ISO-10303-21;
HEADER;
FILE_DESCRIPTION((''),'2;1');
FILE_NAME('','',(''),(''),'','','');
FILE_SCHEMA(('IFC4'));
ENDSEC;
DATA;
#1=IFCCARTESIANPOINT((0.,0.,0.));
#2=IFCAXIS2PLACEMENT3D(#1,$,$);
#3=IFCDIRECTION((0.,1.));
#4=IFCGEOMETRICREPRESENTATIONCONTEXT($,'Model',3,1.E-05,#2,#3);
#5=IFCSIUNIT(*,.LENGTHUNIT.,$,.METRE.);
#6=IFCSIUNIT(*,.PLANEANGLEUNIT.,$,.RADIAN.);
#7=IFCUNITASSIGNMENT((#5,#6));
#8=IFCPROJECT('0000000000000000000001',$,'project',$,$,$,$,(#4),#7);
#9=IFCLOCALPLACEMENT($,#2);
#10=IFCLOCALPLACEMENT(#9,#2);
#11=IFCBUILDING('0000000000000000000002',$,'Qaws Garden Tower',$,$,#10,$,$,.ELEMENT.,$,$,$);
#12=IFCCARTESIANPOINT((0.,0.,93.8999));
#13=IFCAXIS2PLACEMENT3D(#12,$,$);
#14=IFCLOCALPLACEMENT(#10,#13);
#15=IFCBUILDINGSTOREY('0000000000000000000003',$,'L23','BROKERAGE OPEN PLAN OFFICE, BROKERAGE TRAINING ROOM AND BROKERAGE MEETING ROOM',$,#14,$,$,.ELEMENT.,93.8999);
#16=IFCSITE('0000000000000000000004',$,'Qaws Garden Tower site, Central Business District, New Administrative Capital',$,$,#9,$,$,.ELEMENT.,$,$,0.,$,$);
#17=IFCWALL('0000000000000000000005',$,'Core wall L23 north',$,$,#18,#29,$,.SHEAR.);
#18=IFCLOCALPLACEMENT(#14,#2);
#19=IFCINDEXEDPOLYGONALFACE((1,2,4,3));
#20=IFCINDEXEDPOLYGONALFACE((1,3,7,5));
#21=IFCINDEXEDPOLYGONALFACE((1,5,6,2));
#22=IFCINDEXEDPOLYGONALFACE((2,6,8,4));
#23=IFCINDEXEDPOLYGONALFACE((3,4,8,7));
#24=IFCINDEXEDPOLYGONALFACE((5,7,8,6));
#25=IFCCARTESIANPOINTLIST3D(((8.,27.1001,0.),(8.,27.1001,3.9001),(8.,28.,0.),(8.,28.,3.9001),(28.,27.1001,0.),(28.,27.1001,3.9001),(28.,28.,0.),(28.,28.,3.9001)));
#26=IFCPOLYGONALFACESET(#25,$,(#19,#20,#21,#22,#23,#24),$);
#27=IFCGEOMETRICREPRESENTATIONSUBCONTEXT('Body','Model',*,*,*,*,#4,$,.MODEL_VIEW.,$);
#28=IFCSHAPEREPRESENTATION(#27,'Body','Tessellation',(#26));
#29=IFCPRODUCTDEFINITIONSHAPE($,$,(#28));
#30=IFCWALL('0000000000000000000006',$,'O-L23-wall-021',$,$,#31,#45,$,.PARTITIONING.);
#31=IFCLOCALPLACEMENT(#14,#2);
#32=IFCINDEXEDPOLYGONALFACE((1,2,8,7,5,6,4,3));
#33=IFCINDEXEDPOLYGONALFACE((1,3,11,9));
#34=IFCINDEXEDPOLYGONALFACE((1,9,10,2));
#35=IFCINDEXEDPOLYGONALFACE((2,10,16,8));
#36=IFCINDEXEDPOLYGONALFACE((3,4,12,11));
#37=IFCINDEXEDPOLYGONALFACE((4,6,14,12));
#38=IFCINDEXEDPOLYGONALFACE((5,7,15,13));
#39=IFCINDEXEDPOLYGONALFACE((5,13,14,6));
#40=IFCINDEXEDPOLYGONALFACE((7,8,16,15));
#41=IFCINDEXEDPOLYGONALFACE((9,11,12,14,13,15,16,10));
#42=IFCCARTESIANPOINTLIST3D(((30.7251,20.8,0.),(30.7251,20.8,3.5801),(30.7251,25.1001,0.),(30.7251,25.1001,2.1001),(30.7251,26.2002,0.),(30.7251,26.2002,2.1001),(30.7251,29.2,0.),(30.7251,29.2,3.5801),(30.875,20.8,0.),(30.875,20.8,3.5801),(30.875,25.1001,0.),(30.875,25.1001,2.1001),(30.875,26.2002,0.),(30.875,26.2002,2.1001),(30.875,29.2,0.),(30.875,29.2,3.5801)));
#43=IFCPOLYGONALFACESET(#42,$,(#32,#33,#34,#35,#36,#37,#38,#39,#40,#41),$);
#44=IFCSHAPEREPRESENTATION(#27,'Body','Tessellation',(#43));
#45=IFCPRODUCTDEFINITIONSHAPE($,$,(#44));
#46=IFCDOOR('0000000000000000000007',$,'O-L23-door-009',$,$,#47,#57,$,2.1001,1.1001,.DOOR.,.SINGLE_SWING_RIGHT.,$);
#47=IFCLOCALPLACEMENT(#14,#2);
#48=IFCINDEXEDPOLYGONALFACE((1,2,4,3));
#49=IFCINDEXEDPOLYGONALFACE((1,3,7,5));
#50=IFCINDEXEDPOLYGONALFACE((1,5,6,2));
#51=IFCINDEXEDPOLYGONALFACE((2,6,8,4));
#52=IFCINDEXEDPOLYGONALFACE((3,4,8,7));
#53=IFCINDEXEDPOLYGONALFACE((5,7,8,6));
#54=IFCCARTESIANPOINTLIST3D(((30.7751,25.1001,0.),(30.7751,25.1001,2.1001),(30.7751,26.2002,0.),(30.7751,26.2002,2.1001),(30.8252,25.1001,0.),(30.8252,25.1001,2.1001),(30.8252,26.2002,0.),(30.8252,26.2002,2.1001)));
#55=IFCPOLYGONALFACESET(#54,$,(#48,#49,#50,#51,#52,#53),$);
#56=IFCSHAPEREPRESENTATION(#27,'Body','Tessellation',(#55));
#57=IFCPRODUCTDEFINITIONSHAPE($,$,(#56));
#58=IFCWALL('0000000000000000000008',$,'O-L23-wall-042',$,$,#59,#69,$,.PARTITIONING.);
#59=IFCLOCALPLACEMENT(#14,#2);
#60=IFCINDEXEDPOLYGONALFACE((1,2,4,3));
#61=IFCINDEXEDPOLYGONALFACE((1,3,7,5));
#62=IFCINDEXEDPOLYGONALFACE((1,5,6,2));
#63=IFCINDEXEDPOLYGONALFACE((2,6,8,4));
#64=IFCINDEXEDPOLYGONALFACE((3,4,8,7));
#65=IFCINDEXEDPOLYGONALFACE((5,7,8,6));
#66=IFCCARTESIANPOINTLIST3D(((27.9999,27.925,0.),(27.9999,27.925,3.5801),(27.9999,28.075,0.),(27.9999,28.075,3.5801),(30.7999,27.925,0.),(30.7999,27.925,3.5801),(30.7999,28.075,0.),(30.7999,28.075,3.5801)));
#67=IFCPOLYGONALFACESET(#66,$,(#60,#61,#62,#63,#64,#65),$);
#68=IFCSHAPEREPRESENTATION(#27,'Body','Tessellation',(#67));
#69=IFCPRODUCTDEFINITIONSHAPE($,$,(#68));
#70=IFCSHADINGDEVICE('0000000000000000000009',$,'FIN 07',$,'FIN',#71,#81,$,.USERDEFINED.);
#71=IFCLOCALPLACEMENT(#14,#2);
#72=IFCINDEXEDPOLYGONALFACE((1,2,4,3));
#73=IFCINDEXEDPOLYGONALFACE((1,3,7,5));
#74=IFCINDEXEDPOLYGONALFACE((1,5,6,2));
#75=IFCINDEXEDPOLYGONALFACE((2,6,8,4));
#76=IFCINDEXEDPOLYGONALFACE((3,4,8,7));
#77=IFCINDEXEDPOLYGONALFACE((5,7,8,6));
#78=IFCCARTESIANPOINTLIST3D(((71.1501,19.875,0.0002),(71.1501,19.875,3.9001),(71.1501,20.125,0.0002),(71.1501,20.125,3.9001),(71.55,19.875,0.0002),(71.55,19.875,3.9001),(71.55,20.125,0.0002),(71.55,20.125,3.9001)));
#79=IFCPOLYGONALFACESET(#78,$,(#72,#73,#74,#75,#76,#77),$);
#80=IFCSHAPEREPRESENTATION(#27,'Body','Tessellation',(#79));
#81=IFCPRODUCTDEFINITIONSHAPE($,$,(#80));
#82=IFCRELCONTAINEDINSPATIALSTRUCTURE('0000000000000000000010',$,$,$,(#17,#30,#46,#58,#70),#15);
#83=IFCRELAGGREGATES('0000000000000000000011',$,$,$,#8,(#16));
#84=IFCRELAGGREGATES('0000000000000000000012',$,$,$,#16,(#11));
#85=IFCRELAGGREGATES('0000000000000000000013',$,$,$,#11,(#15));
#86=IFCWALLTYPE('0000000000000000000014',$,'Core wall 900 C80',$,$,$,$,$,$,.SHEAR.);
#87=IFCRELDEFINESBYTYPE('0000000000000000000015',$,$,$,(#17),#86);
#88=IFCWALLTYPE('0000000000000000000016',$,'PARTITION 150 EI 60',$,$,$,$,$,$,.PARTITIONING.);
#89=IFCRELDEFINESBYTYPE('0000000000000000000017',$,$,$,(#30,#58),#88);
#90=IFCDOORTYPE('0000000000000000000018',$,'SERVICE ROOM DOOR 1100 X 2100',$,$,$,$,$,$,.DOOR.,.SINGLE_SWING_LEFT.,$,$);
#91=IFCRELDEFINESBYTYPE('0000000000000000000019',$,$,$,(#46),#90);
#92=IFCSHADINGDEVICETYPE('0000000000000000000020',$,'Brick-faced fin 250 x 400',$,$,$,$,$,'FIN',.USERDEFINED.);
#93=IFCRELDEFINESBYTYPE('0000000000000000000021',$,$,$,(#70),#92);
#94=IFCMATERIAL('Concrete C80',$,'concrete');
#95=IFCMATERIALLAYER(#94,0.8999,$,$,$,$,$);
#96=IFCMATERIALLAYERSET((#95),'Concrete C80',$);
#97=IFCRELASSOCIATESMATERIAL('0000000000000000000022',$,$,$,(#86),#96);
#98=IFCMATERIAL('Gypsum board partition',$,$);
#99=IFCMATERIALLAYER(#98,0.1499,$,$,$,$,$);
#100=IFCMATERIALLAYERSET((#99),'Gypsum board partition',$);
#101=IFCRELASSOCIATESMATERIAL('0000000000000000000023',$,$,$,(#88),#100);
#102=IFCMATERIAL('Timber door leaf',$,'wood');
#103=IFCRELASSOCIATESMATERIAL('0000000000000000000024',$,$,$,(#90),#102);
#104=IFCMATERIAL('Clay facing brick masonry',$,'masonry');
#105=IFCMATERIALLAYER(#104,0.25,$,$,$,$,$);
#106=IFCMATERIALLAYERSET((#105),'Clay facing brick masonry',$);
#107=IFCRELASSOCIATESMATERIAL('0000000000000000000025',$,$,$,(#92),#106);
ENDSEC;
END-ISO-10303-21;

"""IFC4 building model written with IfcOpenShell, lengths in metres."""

from ifc_helpers import new_model, si_unit, direction, frame, frame_2d, origin, origin_2d, place, context, subcontext, project, spatial, rectangle, extrude, material, layer, layer_set, type_object, element, fill, save


model = new_model("IFC4")

# Units and contexts
model_context = context("Model", 3, precision=1e-05, world=origin(), true_north=direction((0.0, 1.0)))
body_context = subcontext(model_context, "Body", "Model", "MODEL_VIEW")
ifc_project = project(units=[si_unit("LENGTHUNIT", "METRE"), si_unit("PLANEANGLEUNIT", "RADIAN")], contexts=[model_context])

# Site, building, storey
site_placement = place(None, origin())
site = spatial("IfcSite", under=ifc_project, at=site_placement, Name="Qaws Garden Tower site, Central Business District, New Administrative Capital", CompositionType="ELEMENT", RefElevation=0.0)
building_placement = place(site_placement, origin())
building = spatial("IfcBuilding", under=site, at=building_placement, Name="Qaws Garden Tower", CompositionType="ELEMENT")
storey_placement = place(building_placement, frame((0.0, 0.0, 93.8999)))
storey = spatial("IfcBuildingStorey", under=building, at=storey_placement, Name="L23", Description="BROKERAGE OPEN PLAN OFFICE, BROKERAGE TRAINING ROOM AND BROKERAGE MEETING ROOM", CompositionType="ELEMENT", Elevation=93.8999)

# Wall
ifc_material_1 = material(Name="Concrete C80", Category="concrete")
ifc_layer_1 = layer(ifc_material_1, 0.8999)
ifc_layer_set_1 = layer_set([ifc_layer_1], Name="Concrete C80")
wall_type_1 = type_object("IfcWallType", Name="Core wall 900 C80", PredefinedType="SHEAR", material=ifc_layer_set_1)
wall_1_placement = place(storey_placement, frame((28.0, 27.55, 0.0), z_axis=(0.0, 0.0, 1.0), x_axis=(-1.0, 0.0, 0.0)))
element("IfcWall", 1, at=wall_1_placement, inside=storey, type_object=wall_type_1, Name="Core wall L23 north", PredefinedType="SHEAR", context=body_context, shape_type="SweptSolid", body=[
    extrude(rectangle(XDim=20.0, YDim=0.8999, at=frame_2d((10.0, 0.0))), origin(), (0.0, 0.0, 1.0), 3.9001),
])

# Wall, opening, door
ifc_material_2 = material(Name="Gypsum board partition")
ifc_layer_2 = layer(ifc_material_2, 0.1499)
ifc_layer_set_2 = layer_set([ifc_layer_2], Name="Gypsum board partition")
wall_type_2 = type_object("IfcWallType", Name="PARTITION 150 EI 60", PredefinedType="PARTITIONING", material=ifc_layer_set_2)
wall_2_placement = place(storey_placement, frame((30.8, 20.8, 0.0), z_axis=(0.0, 0.0, 1.0), x_axis=(0.0, 1.0, 0.0)))
wall_2 = element("IfcWall", 2, at=wall_2_placement, inside=storey, type_object=wall_type_2, Name="O-L23-wall-021", PredefinedType="PARTITIONING", context=body_context, shape_type="SweptSolid", body=[
    extrude(rectangle(XDim=8.3999, YDim=0.1499, at=frame_2d((4.2, 0.0))), origin(), (0.0, 0.0, 1.0), 3.5801),
])
opening_placement = place(wall_2_placement, frame((4.3, 0.0, 0.0)))
opening = element("IfcOpeningElement", 3, at=opening_placement, cuts=wall_2, PredefinedType="OPENING", context=body_context, shape_type="SweptSolid", body=[
    extrude(rectangle(XDim=1.1001, YDim=2.1001, at=frame_2d((0.55, 1.05))), frame((0.0, 0.085, 0.0), z_axis=(0.0, -1.0, 0.0), x_axis=(1.0, 0.0, 0.0)), (0.0, 0.0, 1.0), 0.1699),
])
ifc_material_3 = material(Name="Timber door leaf", Category="wood")
door_type = type_object("IfcDoorType", Name="SERVICE ROOM DOOR 1100 X 2100", OperationType="SINGLE_SWING_LEFT", PredefinedType="DOOR", material=ifc_material_3)
door_placement = place(opening_placement, origin())
door = element("IfcDoor", 4, at=door_placement, inside=storey, type_object=door_type, Name="O-L23-door-009", OperationType="SINGLE_SWING_RIGHT", OverallHeight=2.1001, OverallWidth=1.1001, PredefinedType="DOOR", context=body_context, shape_type="SweptSolid", body=[
    extrude(rectangle(XDim=1.1001, YDim=2.1001, at=frame_2d((0.55, 1.05))), frame((0.0, 0.0249, 0.0), z_axis=(0.0, -1.0, 0.0), x_axis=(1.0, 0.0, 0.0)), (0.0, 0.0, 1.0), 0.05),
])
fill(opening, door)

# Wall
wall_3_placement = place(storey_placement, frame((28.0, 28.0, 0.0), z_axis=(0.0, 0.0, 1.0), x_axis=(1.0, 0.0, 0.0)))
element("IfcWall", 5, at=wall_3_placement, inside=storey, type_object=wall_type_2, Name="O-L23-wall-042", PredefinedType="PARTITIONING", context=body_context, shape_type="SweptSolid", body=[
    extrude(rectangle(XDim=2.8, YDim=0.1499, at=frame_2d((1.3999, 0.0))), origin(), (0.0, 0.0, 1.0), 3.5801),
])

# Shading device
ifc_material_4 = material(Name="Clay facing brick masonry", Category="masonry")
ifc_layer_3 = layer(ifc_material_4, 0.25)
ifc_layer_set_3 = layer_set([ifc_layer_3], Name="Clay facing brick masonry")
shading_device_type = type_object("IfcShadingDeviceType", Name="Brick-faced fin 250 x 400", ElementType="FIN", PredefinedType="USERDEFINED", material=ifc_layer_set_3)
shading_device_placement = place(storey_placement, frame((71.3501, 20.0, 0.0002), z_axis=(0.0, 0.0, 1.0), x_axis=(0.0, 1.0, 0.0)))
element("IfcShadingDevice", 6, at=shading_device_placement, inside=storey, type_object=shading_device_type, Name="FIN 07", ObjectType="FIN", PredefinedType="USERDEFINED", context=body_context, shape_type="SweptSolid", body=[
    extrude(rectangle(XDim=0.25, YDim=0.3999, at=origin_2d()), origin(), (0.0, 0.0, 1.0), 3.8999),
])

save(model, "model.ifc")
